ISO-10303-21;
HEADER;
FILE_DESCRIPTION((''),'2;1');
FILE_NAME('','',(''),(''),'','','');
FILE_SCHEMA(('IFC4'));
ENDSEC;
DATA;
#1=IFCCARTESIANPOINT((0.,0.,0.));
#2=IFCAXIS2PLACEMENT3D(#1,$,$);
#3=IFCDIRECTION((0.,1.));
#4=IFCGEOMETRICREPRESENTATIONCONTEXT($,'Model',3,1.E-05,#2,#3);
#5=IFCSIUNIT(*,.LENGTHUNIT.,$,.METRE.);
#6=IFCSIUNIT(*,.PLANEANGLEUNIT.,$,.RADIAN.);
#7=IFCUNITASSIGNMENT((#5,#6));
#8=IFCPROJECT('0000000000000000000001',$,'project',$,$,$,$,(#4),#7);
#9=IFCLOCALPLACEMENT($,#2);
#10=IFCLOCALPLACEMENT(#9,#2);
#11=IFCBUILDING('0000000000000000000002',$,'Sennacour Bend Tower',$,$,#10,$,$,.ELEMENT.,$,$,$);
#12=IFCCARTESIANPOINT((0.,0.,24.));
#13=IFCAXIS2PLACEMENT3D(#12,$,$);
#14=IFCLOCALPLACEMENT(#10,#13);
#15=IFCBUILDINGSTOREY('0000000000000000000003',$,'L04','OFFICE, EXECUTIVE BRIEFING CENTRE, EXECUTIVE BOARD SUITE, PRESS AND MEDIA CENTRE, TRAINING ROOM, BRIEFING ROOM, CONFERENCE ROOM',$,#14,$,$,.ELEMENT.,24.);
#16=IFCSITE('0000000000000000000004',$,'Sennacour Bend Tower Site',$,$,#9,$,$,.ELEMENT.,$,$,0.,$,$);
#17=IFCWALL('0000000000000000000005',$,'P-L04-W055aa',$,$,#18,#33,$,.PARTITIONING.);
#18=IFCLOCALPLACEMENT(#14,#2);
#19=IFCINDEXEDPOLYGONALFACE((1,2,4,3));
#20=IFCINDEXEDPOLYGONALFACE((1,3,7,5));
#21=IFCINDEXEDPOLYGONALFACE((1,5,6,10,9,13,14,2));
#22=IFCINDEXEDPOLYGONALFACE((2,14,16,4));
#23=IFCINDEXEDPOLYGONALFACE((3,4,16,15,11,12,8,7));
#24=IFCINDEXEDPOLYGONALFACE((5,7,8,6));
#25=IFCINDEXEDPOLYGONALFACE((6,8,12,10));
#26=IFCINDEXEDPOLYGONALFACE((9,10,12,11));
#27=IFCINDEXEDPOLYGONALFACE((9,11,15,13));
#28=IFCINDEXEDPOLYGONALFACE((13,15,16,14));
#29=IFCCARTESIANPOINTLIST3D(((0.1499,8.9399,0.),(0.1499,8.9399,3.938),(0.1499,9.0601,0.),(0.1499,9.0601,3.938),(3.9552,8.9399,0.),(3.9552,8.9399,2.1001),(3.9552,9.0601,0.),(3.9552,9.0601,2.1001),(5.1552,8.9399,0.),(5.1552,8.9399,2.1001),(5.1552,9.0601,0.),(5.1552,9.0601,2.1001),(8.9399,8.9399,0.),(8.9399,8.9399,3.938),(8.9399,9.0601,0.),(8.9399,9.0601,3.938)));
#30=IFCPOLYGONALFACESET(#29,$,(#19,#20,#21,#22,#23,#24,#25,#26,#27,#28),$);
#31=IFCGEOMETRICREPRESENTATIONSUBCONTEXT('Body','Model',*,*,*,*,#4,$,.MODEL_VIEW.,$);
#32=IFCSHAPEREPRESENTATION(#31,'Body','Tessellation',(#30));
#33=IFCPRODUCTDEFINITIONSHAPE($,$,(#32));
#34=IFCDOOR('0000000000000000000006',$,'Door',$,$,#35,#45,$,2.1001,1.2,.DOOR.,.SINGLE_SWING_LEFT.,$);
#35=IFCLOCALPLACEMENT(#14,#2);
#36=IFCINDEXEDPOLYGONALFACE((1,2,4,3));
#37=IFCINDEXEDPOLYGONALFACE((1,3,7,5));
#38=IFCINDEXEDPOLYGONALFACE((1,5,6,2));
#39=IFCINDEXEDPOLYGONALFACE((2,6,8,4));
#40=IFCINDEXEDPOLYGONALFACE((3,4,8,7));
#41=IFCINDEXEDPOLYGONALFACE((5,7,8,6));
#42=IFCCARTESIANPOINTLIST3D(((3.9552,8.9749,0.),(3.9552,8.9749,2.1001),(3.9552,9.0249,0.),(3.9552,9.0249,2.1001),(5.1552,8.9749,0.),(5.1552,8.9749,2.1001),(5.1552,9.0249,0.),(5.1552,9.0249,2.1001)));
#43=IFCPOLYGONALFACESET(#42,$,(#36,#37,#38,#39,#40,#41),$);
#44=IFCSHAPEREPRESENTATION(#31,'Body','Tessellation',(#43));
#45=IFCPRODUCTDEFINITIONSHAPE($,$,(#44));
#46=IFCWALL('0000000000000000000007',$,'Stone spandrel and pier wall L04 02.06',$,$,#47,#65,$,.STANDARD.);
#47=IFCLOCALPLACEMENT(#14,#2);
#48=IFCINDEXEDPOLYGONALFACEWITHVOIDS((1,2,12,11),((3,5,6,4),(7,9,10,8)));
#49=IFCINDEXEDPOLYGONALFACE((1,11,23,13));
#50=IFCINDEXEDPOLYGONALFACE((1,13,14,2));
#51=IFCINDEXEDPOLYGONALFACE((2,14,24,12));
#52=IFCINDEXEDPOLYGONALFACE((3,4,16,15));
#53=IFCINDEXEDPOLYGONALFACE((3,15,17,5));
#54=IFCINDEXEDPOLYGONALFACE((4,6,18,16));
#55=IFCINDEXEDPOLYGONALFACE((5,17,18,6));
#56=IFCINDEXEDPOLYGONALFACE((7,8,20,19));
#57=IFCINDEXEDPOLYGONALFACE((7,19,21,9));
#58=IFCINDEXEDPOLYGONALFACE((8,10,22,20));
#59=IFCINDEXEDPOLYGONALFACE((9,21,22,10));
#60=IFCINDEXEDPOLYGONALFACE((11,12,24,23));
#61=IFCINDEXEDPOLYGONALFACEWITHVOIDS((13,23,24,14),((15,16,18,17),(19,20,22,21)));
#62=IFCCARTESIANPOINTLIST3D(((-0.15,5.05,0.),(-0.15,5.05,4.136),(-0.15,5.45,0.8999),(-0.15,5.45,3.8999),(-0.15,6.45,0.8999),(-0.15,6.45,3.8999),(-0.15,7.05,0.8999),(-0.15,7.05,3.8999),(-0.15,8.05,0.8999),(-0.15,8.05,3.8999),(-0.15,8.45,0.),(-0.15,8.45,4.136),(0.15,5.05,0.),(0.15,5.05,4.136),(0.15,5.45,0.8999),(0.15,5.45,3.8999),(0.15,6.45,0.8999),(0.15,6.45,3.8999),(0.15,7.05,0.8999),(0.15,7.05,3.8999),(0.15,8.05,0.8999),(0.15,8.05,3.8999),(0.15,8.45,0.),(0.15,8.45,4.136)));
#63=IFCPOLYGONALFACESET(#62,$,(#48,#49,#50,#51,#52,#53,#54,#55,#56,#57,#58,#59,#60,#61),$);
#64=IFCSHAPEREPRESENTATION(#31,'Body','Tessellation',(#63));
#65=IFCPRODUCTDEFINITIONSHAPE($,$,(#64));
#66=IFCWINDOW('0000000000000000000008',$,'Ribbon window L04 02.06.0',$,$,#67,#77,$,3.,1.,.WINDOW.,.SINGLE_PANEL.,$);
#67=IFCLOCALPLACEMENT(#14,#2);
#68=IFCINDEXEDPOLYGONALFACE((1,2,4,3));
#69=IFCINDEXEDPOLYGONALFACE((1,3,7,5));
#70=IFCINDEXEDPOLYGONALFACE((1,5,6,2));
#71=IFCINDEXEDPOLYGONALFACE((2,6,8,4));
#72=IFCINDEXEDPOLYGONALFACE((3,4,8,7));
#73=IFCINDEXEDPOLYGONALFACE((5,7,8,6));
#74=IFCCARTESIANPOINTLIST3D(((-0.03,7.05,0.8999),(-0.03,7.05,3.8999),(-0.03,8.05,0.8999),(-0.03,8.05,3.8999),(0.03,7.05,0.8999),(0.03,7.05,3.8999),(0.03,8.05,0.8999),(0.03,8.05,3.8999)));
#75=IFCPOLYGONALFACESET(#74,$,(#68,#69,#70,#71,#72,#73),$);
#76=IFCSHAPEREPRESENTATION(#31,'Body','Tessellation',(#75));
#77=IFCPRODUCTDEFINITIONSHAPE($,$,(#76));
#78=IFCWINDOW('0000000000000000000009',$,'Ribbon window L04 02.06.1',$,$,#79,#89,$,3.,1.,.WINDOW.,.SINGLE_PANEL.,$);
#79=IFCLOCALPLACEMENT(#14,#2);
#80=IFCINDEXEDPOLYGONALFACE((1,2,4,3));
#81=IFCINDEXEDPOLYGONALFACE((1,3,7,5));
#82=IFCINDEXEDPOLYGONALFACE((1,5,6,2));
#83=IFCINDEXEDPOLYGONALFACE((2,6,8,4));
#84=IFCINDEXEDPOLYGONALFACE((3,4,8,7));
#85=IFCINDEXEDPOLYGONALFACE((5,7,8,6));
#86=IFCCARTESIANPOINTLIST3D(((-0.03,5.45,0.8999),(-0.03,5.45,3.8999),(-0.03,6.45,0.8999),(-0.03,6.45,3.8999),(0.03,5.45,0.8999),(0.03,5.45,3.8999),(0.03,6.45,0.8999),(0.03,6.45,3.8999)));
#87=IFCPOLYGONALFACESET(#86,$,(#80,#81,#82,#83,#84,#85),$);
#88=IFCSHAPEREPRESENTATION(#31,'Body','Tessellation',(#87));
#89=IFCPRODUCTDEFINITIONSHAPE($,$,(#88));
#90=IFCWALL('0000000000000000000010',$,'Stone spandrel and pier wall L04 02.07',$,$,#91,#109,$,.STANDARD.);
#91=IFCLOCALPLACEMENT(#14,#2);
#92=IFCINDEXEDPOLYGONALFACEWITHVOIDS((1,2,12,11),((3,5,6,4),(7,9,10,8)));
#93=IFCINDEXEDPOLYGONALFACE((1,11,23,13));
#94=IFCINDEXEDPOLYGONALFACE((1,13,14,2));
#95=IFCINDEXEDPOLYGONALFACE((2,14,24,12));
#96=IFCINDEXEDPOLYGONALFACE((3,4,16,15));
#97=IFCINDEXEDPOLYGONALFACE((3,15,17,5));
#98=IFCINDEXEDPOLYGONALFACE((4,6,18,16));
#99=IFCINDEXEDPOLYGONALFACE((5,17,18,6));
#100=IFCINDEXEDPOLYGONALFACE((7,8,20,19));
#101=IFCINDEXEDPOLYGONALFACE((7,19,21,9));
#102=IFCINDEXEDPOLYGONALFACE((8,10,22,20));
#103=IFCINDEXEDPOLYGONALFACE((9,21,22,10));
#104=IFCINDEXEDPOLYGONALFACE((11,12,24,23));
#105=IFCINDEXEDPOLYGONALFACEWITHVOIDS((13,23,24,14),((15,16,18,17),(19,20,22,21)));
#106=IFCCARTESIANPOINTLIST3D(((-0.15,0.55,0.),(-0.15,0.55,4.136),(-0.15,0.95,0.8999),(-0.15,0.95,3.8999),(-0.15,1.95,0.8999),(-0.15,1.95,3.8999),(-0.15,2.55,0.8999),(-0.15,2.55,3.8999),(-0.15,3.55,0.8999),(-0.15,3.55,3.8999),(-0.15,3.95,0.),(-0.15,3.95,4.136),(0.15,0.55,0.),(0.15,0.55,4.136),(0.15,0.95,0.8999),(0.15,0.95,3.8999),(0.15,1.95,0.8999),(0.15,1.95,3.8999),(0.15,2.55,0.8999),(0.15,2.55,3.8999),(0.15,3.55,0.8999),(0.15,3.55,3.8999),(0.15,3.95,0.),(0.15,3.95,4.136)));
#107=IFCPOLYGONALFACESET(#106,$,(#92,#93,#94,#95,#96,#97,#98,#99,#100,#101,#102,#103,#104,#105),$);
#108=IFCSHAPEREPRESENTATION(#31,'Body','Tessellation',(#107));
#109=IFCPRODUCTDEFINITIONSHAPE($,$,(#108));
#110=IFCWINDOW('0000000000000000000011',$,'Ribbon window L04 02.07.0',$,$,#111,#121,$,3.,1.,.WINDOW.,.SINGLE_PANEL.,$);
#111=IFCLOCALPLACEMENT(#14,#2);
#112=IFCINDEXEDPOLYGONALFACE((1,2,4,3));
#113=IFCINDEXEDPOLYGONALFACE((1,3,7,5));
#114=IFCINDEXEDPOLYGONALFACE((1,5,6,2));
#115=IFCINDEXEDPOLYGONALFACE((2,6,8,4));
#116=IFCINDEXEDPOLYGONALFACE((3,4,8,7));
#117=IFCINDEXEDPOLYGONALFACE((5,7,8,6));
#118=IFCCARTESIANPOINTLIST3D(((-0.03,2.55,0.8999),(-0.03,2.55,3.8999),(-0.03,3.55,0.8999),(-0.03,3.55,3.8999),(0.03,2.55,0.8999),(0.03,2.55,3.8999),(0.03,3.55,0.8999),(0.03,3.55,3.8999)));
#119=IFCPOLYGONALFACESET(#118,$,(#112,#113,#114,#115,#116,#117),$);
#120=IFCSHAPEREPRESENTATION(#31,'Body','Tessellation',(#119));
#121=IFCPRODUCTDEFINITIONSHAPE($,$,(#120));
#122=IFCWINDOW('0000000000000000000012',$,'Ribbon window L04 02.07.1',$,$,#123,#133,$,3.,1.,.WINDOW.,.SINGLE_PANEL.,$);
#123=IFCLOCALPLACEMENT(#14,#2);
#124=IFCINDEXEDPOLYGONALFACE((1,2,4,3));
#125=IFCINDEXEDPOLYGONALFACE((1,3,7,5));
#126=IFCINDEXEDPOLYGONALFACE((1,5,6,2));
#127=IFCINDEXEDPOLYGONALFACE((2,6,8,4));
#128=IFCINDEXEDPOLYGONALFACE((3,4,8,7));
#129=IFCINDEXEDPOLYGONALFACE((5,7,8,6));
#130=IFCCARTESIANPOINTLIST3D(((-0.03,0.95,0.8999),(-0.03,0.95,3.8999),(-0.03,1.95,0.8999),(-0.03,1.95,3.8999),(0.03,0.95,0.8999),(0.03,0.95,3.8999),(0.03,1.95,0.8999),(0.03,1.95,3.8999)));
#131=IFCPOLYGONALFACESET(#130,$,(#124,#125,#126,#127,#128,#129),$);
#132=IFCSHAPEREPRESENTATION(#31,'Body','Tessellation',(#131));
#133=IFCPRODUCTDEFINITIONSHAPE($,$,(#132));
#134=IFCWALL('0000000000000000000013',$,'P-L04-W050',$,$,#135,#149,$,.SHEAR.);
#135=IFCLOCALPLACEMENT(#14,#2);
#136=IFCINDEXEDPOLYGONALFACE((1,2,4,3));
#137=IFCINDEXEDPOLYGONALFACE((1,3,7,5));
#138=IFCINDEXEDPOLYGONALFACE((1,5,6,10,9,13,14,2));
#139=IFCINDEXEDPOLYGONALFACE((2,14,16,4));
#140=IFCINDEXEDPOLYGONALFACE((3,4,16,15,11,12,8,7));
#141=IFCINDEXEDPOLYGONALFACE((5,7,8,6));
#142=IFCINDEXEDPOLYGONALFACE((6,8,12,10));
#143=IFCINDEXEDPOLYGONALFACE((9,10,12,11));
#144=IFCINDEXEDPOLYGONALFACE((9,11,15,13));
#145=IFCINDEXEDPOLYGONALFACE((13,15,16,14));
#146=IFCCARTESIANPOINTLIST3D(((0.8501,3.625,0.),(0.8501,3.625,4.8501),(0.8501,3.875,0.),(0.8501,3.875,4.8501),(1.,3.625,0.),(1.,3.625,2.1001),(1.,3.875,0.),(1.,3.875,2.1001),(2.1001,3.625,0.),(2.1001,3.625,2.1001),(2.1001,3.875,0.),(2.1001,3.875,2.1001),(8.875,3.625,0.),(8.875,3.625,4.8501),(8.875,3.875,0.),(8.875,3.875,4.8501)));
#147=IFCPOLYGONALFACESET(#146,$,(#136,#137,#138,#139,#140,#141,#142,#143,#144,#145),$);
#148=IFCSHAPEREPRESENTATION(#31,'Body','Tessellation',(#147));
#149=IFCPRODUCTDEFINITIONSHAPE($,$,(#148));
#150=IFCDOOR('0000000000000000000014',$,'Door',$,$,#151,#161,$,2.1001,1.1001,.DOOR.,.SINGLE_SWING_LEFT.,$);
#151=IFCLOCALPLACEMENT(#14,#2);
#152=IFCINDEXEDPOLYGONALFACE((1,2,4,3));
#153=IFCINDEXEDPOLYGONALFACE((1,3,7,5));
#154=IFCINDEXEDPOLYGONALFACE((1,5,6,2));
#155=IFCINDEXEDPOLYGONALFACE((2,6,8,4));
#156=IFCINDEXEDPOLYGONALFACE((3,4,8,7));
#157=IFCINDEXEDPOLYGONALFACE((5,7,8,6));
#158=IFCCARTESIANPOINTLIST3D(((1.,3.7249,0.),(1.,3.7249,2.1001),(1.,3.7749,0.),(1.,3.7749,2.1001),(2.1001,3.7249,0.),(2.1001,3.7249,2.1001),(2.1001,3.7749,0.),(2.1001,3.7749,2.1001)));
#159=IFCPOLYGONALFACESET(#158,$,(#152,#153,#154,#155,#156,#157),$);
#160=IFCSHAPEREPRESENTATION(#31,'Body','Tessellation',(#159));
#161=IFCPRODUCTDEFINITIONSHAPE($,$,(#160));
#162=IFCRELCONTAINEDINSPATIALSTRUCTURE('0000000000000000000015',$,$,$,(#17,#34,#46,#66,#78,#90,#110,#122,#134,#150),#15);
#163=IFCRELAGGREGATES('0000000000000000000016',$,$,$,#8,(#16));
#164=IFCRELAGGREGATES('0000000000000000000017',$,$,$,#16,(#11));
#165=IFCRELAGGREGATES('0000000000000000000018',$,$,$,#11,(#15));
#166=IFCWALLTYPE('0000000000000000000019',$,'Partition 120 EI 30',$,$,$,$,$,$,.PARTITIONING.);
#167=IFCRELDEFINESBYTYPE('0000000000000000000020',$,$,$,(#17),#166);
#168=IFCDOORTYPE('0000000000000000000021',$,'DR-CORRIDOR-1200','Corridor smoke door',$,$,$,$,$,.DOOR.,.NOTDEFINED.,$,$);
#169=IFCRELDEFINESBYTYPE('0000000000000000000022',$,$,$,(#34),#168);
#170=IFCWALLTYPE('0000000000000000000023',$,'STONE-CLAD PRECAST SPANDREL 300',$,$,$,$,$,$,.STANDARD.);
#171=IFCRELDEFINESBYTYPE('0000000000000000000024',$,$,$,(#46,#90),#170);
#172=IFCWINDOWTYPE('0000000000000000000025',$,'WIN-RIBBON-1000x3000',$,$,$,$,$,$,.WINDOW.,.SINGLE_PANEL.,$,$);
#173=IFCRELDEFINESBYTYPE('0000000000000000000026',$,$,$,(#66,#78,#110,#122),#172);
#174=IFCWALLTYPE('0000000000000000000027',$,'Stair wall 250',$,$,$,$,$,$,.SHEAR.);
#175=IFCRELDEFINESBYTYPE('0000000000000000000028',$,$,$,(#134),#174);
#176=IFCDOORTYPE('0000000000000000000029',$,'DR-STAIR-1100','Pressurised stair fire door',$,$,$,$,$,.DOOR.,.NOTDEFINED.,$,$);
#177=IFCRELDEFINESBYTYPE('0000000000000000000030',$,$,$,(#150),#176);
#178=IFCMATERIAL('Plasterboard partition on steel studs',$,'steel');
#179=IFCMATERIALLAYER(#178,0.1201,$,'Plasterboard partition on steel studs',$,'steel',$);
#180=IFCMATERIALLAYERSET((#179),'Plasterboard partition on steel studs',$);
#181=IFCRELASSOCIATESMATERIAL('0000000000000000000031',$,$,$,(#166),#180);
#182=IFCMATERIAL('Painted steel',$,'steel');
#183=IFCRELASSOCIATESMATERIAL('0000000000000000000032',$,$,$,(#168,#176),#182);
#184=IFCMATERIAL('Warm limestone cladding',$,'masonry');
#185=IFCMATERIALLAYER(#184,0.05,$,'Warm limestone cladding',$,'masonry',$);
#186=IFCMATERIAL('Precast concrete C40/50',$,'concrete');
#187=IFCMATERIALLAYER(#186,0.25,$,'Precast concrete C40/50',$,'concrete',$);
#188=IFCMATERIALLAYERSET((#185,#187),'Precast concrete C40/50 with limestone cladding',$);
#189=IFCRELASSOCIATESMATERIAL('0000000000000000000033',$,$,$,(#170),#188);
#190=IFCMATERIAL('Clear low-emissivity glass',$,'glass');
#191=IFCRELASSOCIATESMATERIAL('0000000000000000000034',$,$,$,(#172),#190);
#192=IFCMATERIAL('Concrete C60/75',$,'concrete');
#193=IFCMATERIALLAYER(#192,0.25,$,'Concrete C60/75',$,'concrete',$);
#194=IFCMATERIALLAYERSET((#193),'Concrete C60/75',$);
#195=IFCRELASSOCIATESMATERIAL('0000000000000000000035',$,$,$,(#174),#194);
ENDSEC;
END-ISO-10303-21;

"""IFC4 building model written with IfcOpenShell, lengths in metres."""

from ifc_helpers import new_model, si_unit, direction, frame, frame_2d, origin, place, context, subcontext, project, spatial, rectangle, extrude, material, layer, layer_set, type_object, element, fill, save


model = new_model("IFC4")

# Units and contexts
model_context = context("Model", 3, precision=1e-05, world=origin(), true_north=direction((0.0, 1.0)))
body_context = subcontext(model_context, "Body", "Model", "MODEL_VIEW")
ifc_project = project(units=[si_unit("LENGTHUNIT", "METRE"), si_unit("PLANEANGLEUNIT", "RADIAN")], contexts=[model_context])

# Site, building, storey
site_placement = place(None, origin())
site = spatial("IfcSite", under=ifc_project, at=site_placement, Name="Sennacour Bend Tower Site", CompositionType="ELEMENT", RefElevation=0.0)
building_placement = place(site_placement, origin())
building = spatial("IfcBuilding", under=site, at=building_placement, Name="Sennacour Bend Tower", CompositionType="ELEMENT")
storey_placement = place(building_placement, frame((0.0, 0.0, 24.0)))
storey = spatial("IfcBuildingStorey", under=building, at=storey_placement, Name="L04", Description="OFFICE, EXECUTIVE BRIEFING CENTRE, EXECUTIVE BOARD SUITE, PRESS AND MEDIA CENTRE, TRAINING ROOM, BRIEFING ROOM, CONFERENCE ROOM", CompositionType="ELEMENT", Elevation=24.0)

# Shared definitions
ifc_material_1 = material(Name="Plasterboard partition on steel studs", Category="steel")

# Wall, opening, door
ifc_layer_1 = layer(ifc_material_1, 0.1201, Name="Plasterboard partition on steel studs", Category="steel")
ifc_layer_set_1 = layer_set([ifc_layer_1], Name="Plasterboard partition on steel studs")
wall_type_1 = type_object("IfcWallType", Name="Partition 120 EI 30", PredefinedType="PARTITIONING", material=ifc_layer_set_1)
wall_1_placement = place(storey_placement, frame((0.1499, 9.0, 0.0), z_axis=(0.0, 0.0, 1.0), x_axis=(1.0, 0.0, 0.0)))
wall_1 = element("IfcWall", 1, at=wall_1_placement, inside=storey, type_object=wall_type_1, Name="P-L04-W055aa", PredefinedType="PARTITIONING", context=body_context, shape_type="SweptSolid", body=[
    extrude(rectangle(XDim=8.79, YDim=0.1201, at=frame_2d((4.395, 0.0))), origin(), (0.0, 0.0, 1.0), 3.938),
])
opening_1_placement = place(wall_1_placement, frame((3.8052, 0.0, 0.0)))
opening_1 = element("IfcOpeningElement", 2, at=opening_1_placement, cuts=wall_1, PredefinedType="OPENING", context=body_context, shape_type="SweptSolid", body=[
    extrude(rectangle(XDim=1.2, YDim=2.1001, at=frame_2d((0.6001, 1.05))), frame((0.0, 0.0701, 0.0), z_axis=(0.0, -1.0, 0.0), x_axis=(1.0, 0.0, 0.0)), (0.0, 0.0, 1.0), 0.1401),
])
ifc_material_2 = material(Name="Painted steel", Category="steel")
door_type_1 = type_object("IfcDoorType", Name="DR-CORRIDOR-1200", Description="Corridor smoke door", OperationType="NOTDEFINED", PredefinedType="DOOR", material=ifc_material_2)
door_1_placement = place(opening_1_placement, origin())
door_1 = element("IfcDoor", 3, at=door_1_placement, inside=storey, type_object=door_type_1, Name="Door", OperationType="SINGLE_SWING_LEFT", OverallHeight=2.1001, OverallWidth=1.2, PredefinedType="DOOR", context=body_context, shape_type="SweptSolid", body=[
    extrude(rectangle(XDim=1.2, YDim=2.1001, at=frame_2d((0.6001, 1.05))), frame((0.0, 0.0249, 0.0), z_axis=(0.0, -1.0, 0.0), x_axis=(1.0, 0.0, 0.0)), (0.0, 0.0, 1.0), 0.05),
])
fill(opening_1, door_1)

# Walls, openings, windows
ifc_material_3 = material(Name="Warm limestone cladding", Category="masonry")
ifc_layer_2 = layer(ifc_material_3, 0.05, Name="Warm limestone cladding", Category="masonry")
ifc_material_4 = material(Name="Precast concrete C40/50", Category="concrete")
ifc_layer_3 = layer(ifc_material_4, 0.25, Name="Precast concrete C40/50", Category="concrete")
ifc_layer_set_2 = layer_set([ifc_layer_2, ifc_layer_3], Name="Precast concrete C40/50 with limestone cladding")
wall_type_2 = type_object("IfcWallType", Name="STONE-CLAD PRECAST SPANDREL 300", PredefinedType="STANDARD", material=ifc_layer_set_2)
wall_2_placement = place(storey_placement, frame((0.0, 8.45, 0.0), z_axis=(0.0, 0.0, 1.0), x_axis=(0.0, -1.0, 0.0)))
wall_2 = element("IfcWall", 4, at=wall_2_placement, inside=storey, type_object=wall_type_2, Name="Stone spandrel and pier wall L04 02.06", PredefinedType="STANDARD", context=body_context, shape_type="SweptSolid", body=[
    extrude(rectangle(XDim=3.3999, YDim=0.3, at=frame_2d((1.7, 0.0))), origin(), (0.0, 0.0, 1.0), 4.136),
])
opening_2_placement = place(wall_2_placement, frame((0.3999, 0.0, 0.8999)))
opening_2 = element("IfcOpeningElement", 5, at=opening_2_placement, cuts=wall_2, PredefinedType="OPENING", context=body_context, shape_type="SweptSolid", body=[
    extrude(rectangle(XDim=1.0, YDim=3.0, at=frame_2d((0.5, 1.5))), frame((0.0, 0.1602, 0.0), z_axis=(0.0, -1.0, 0.0), x_axis=(1.0, 0.0, 0.0)), (0.0, 0.0, 1.0), 0.3201),
])
opening_3_placement = place(wall_2_placement, frame((2.0, 0.0, 0.8999)))
opening_3 = element("IfcOpeningElement", 6, at=opening_3_placement, cuts=wall_2, PredefinedType="OPENING", context=body_context, shape_type="SweptSolid", body=[
    extrude(rectangle(XDim=1.0, YDim=3.0, at=frame_2d((0.5, 1.5))), frame((0.0, 0.1602, 0.0), z_axis=(0.0, -1.0, 0.0), x_axis=(1.0, 0.0, 0.0)), (0.0, 0.0, 1.0), 0.3201),
])
ifc_material_5 = material(Name="Clear low-emissivity glass", Category="glass")
window_type = type_object("IfcWindowType", Name="WIN-RIBBON-1000x3000", PartitioningType="SINGLE_PANEL", PredefinedType="WINDOW", material=ifc_material_5)
window_1_placement = place(opening_2_placement, origin())
window_1 = element("IfcWindow", 7, at=window_1_placement, inside=storey, type_object=window_type, Name="Ribbon window L04 02.06.0", OverallHeight=3.0, OverallWidth=1.0, PartitioningType="SINGLE_PANEL", PredefinedType="WINDOW", context=body_context, shape_type="SweptSolid", body=[
    extrude(rectangle(XDim=1.0, YDim=3.0, at=frame_2d((0.5, 1.5))), frame((0.0, 0.03, 0.0), z_axis=(0.0, -1.0, 0.0), x_axis=(1.0, 0.0, 0.0)), (0.0, 0.0, 1.0), 0.0601),
])
fill(opening_2, window_1)
window_2_placement = place(opening_3_placement, origin())
window_2 = element("IfcWindow", 8, at=window_2_placement, inside=storey, type_object=window_type, Name="Ribbon window L04 02.06.1", OverallHeight=3.0, OverallWidth=1.0, PartitioningType="SINGLE_PANEL", PredefinedType="WINDOW", context=body_context, shape_type="SweptSolid", body=[
    extrude(rectangle(XDim=1.0, YDim=3.0, at=frame_2d((0.5, 1.5))), frame((0.0, 0.03, 0.0), z_axis=(0.0, -1.0, 0.0), x_axis=(1.0, 0.0, 0.0)), (0.0, 0.0, 1.0), 0.0601),
])
fill(opening_3, window_2)
wall_3_placement = place(storey_placement, frame((0.0, 3.95, 0.0), z_axis=(0.0, 0.0, 1.0), x_axis=(0.0, -1.0, 0.0)))
wall_3 = element("IfcWall", 9, at=wall_3_placement, inside=storey, type_object=wall_type_2, Name="Stone spandrel and pier wall L04 02.07", PredefinedType="STANDARD", context=body_context, shape_type="SweptSolid", body=[
    extrude(rectangle(XDim=3.3999, YDim=0.3, at=frame_2d((1.7, 0.0))), origin(), (0.0, 0.0, 1.0), 4.136),
])
opening_4_placement = place(wall_3_placement, frame((0.3999, 0.0, 0.8999)))
opening_4 = element("IfcOpeningElement", 10, at=opening_4_placement, cuts=wall_3, PredefinedType="OPENING", context=body_context, shape_type="SweptSolid", body=[
    extrude(rectangle(XDim=1.0, YDim=3.0, at=frame_2d((0.5, 1.5))), frame((0.0, 0.1602, 0.0), z_axis=(0.0, -1.0, 0.0), x_axis=(1.0, 0.0, 0.0)), (0.0, 0.0, 1.0), 0.3201),
])
opening_5_placement = place(wall_3_placement, frame((2.0, 0.0, 0.8999)))
opening_5 = element("IfcOpeningElement", 11, at=opening_5_placement, cuts=wall_3, PredefinedType="OPENING", context=body_context, shape_type="SweptSolid", body=[
    extrude(rectangle(XDim=1.0, YDim=3.0, at=frame_2d((0.5, 1.5))), frame((0.0, 0.1602, 0.0), z_axis=(0.0, -1.0, 0.0), x_axis=(1.0, 0.0, 0.0)), (0.0, 0.0, 1.0), 0.3201),
])
window_3_placement = place(opening_4_placement, origin())
window_3 = element("IfcWindow", 12, at=window_3_placement, inside=storey, type_object=window_type, Name="Ribbon window L04 02.07.0", OverallHeight=3.0, OverallWidth=1.0, PartitioningType="SINGLE_PANEL", PredefinedType="WINDOW", context=body_context, shape_type="SweptSolid", body=[
    extrude(rectangle(XDim=1.0, YDim=3.0, at=frame_2d((0.5, 1.5))), frame((0.0, 0.03, 0.0), z_axis=(0.0, -1.0, 0.0), x_axis=(1.0, 0.0, 0.0)), (0.0, 0.0, 1.0), 0.0601),
])
fill(opening_4, window_3)
window_4_placement = place(opening_5_placement, origin())
window_4 = element("IfcWindow", 13, at=window_4_placement, inside=storey, type_object=window_type, Name="Ribbon window L04 02.07.1", OverallHeight=3.0, OverallWidth=1.0, PartitioningType="SINGLE_PANEL", PredefinedType="WINDOW", context=body_context, shape_type="SweptSolid", body=[
    extrude(rectangle(XDim=1.0, YDim=3.0, at=frame_2d((0.5, 1.5))), frame((0.0, 0.03, 0.0), z_axis=(0.0, -1.0, 0.0), x_axis=(1.0, 0.0, 0.0)), (0.0, 0.0, 1.0), 0.0601),
])
fill(opening_5, window_4)

# Wall, opening, door
ifc_material_6 = material(Name="Concrete C60/75", Category="concrete")
ifc_layer_4 = layer(ifc_material_6, 0.25, Name="Concrete C60/75", Category="concrete")
ifc_layer_set_3 = layer_set([ifc_layer_4], Name="Concrete C60/75")
wall_type_3 = type_object("IfcWallType", Name="Stair wall 250", PredefinedType="SHEAR", material=ifc_layer_set_3)
wall_4_placement = place(storey_placement, frame((0.8501, 3.75, 0.0), z_axis=(0.0, 0.0, 1.0), x_axis=(1.0, 0.0, 0.0)))
wall_4 = element("IfcWall", 14, at=wall_4_placement, inside=storey, type_object=wall_type_3, Name="P-L04-W050", PredefinedType="SHEAR", context=body_context, shape_type="SweptSolid", body=[
    extrude(rectangle(XDim=8.0249, YDim=0.25, at=frame_2d((4.0125, 0.0))), origin(), (0.0, 0.0, 1.0), 4.8501),
])
opening_6_placement = place(wall_4_placement, frame((0.1499, 0.0, 0.0)))
opening_6 = element("IfcOpeningElement", 15, at=opening_6_placement, cuts=wall_4, PredefinedType="OPENING", context=body_context, shape_type="SweptSolid", body=[
    extrude(rectangle(XDim=1.1001, YDim=2.1001, at=frame_2d((0.55, 1.05))), frame((0.0, 0.135, 0.0), z_axis=(0.0, -1.0, 0.0), x_axis=(1.0, 0.0, 0.0)), (0.0, 0.0, 1.0), 0.27),
])
door_type_2 = type_object("IfcDoorType", Name="DR-STAIR-1100", Description="Pressurised stair fire door", OperationType="NOTDEFINED", PredefinedType="DOOR", material=ifc_material_2)
door_2_placement = place(opening_6_placement, origin())
door_2 = element("IfcDoor", 16, at=door_2_placement, inside=storey, type_object=door_type_2, Name="Door", OperationType="SINGLE_SWING_LEFT", OverallHeight=2.1001, OverallWidth=1.1001, PredefinedType="DOOR", context=body_context, shape_type="SweptSolid", body=[
    extrude(rectangle(XDim=1.1001, YDim=2.1001, at=frame_2d((0.55, 1.05))), frame((0.0, 0.0249, 0.0), z_axis=(0.0, -1.0, 0.0), x_axis=(1.0, 0.0, 0.0)), (0.0, 0.0, 1.0), 0.05),
])
fill(opening_6, door_2)

save(model, "model.ifc")
